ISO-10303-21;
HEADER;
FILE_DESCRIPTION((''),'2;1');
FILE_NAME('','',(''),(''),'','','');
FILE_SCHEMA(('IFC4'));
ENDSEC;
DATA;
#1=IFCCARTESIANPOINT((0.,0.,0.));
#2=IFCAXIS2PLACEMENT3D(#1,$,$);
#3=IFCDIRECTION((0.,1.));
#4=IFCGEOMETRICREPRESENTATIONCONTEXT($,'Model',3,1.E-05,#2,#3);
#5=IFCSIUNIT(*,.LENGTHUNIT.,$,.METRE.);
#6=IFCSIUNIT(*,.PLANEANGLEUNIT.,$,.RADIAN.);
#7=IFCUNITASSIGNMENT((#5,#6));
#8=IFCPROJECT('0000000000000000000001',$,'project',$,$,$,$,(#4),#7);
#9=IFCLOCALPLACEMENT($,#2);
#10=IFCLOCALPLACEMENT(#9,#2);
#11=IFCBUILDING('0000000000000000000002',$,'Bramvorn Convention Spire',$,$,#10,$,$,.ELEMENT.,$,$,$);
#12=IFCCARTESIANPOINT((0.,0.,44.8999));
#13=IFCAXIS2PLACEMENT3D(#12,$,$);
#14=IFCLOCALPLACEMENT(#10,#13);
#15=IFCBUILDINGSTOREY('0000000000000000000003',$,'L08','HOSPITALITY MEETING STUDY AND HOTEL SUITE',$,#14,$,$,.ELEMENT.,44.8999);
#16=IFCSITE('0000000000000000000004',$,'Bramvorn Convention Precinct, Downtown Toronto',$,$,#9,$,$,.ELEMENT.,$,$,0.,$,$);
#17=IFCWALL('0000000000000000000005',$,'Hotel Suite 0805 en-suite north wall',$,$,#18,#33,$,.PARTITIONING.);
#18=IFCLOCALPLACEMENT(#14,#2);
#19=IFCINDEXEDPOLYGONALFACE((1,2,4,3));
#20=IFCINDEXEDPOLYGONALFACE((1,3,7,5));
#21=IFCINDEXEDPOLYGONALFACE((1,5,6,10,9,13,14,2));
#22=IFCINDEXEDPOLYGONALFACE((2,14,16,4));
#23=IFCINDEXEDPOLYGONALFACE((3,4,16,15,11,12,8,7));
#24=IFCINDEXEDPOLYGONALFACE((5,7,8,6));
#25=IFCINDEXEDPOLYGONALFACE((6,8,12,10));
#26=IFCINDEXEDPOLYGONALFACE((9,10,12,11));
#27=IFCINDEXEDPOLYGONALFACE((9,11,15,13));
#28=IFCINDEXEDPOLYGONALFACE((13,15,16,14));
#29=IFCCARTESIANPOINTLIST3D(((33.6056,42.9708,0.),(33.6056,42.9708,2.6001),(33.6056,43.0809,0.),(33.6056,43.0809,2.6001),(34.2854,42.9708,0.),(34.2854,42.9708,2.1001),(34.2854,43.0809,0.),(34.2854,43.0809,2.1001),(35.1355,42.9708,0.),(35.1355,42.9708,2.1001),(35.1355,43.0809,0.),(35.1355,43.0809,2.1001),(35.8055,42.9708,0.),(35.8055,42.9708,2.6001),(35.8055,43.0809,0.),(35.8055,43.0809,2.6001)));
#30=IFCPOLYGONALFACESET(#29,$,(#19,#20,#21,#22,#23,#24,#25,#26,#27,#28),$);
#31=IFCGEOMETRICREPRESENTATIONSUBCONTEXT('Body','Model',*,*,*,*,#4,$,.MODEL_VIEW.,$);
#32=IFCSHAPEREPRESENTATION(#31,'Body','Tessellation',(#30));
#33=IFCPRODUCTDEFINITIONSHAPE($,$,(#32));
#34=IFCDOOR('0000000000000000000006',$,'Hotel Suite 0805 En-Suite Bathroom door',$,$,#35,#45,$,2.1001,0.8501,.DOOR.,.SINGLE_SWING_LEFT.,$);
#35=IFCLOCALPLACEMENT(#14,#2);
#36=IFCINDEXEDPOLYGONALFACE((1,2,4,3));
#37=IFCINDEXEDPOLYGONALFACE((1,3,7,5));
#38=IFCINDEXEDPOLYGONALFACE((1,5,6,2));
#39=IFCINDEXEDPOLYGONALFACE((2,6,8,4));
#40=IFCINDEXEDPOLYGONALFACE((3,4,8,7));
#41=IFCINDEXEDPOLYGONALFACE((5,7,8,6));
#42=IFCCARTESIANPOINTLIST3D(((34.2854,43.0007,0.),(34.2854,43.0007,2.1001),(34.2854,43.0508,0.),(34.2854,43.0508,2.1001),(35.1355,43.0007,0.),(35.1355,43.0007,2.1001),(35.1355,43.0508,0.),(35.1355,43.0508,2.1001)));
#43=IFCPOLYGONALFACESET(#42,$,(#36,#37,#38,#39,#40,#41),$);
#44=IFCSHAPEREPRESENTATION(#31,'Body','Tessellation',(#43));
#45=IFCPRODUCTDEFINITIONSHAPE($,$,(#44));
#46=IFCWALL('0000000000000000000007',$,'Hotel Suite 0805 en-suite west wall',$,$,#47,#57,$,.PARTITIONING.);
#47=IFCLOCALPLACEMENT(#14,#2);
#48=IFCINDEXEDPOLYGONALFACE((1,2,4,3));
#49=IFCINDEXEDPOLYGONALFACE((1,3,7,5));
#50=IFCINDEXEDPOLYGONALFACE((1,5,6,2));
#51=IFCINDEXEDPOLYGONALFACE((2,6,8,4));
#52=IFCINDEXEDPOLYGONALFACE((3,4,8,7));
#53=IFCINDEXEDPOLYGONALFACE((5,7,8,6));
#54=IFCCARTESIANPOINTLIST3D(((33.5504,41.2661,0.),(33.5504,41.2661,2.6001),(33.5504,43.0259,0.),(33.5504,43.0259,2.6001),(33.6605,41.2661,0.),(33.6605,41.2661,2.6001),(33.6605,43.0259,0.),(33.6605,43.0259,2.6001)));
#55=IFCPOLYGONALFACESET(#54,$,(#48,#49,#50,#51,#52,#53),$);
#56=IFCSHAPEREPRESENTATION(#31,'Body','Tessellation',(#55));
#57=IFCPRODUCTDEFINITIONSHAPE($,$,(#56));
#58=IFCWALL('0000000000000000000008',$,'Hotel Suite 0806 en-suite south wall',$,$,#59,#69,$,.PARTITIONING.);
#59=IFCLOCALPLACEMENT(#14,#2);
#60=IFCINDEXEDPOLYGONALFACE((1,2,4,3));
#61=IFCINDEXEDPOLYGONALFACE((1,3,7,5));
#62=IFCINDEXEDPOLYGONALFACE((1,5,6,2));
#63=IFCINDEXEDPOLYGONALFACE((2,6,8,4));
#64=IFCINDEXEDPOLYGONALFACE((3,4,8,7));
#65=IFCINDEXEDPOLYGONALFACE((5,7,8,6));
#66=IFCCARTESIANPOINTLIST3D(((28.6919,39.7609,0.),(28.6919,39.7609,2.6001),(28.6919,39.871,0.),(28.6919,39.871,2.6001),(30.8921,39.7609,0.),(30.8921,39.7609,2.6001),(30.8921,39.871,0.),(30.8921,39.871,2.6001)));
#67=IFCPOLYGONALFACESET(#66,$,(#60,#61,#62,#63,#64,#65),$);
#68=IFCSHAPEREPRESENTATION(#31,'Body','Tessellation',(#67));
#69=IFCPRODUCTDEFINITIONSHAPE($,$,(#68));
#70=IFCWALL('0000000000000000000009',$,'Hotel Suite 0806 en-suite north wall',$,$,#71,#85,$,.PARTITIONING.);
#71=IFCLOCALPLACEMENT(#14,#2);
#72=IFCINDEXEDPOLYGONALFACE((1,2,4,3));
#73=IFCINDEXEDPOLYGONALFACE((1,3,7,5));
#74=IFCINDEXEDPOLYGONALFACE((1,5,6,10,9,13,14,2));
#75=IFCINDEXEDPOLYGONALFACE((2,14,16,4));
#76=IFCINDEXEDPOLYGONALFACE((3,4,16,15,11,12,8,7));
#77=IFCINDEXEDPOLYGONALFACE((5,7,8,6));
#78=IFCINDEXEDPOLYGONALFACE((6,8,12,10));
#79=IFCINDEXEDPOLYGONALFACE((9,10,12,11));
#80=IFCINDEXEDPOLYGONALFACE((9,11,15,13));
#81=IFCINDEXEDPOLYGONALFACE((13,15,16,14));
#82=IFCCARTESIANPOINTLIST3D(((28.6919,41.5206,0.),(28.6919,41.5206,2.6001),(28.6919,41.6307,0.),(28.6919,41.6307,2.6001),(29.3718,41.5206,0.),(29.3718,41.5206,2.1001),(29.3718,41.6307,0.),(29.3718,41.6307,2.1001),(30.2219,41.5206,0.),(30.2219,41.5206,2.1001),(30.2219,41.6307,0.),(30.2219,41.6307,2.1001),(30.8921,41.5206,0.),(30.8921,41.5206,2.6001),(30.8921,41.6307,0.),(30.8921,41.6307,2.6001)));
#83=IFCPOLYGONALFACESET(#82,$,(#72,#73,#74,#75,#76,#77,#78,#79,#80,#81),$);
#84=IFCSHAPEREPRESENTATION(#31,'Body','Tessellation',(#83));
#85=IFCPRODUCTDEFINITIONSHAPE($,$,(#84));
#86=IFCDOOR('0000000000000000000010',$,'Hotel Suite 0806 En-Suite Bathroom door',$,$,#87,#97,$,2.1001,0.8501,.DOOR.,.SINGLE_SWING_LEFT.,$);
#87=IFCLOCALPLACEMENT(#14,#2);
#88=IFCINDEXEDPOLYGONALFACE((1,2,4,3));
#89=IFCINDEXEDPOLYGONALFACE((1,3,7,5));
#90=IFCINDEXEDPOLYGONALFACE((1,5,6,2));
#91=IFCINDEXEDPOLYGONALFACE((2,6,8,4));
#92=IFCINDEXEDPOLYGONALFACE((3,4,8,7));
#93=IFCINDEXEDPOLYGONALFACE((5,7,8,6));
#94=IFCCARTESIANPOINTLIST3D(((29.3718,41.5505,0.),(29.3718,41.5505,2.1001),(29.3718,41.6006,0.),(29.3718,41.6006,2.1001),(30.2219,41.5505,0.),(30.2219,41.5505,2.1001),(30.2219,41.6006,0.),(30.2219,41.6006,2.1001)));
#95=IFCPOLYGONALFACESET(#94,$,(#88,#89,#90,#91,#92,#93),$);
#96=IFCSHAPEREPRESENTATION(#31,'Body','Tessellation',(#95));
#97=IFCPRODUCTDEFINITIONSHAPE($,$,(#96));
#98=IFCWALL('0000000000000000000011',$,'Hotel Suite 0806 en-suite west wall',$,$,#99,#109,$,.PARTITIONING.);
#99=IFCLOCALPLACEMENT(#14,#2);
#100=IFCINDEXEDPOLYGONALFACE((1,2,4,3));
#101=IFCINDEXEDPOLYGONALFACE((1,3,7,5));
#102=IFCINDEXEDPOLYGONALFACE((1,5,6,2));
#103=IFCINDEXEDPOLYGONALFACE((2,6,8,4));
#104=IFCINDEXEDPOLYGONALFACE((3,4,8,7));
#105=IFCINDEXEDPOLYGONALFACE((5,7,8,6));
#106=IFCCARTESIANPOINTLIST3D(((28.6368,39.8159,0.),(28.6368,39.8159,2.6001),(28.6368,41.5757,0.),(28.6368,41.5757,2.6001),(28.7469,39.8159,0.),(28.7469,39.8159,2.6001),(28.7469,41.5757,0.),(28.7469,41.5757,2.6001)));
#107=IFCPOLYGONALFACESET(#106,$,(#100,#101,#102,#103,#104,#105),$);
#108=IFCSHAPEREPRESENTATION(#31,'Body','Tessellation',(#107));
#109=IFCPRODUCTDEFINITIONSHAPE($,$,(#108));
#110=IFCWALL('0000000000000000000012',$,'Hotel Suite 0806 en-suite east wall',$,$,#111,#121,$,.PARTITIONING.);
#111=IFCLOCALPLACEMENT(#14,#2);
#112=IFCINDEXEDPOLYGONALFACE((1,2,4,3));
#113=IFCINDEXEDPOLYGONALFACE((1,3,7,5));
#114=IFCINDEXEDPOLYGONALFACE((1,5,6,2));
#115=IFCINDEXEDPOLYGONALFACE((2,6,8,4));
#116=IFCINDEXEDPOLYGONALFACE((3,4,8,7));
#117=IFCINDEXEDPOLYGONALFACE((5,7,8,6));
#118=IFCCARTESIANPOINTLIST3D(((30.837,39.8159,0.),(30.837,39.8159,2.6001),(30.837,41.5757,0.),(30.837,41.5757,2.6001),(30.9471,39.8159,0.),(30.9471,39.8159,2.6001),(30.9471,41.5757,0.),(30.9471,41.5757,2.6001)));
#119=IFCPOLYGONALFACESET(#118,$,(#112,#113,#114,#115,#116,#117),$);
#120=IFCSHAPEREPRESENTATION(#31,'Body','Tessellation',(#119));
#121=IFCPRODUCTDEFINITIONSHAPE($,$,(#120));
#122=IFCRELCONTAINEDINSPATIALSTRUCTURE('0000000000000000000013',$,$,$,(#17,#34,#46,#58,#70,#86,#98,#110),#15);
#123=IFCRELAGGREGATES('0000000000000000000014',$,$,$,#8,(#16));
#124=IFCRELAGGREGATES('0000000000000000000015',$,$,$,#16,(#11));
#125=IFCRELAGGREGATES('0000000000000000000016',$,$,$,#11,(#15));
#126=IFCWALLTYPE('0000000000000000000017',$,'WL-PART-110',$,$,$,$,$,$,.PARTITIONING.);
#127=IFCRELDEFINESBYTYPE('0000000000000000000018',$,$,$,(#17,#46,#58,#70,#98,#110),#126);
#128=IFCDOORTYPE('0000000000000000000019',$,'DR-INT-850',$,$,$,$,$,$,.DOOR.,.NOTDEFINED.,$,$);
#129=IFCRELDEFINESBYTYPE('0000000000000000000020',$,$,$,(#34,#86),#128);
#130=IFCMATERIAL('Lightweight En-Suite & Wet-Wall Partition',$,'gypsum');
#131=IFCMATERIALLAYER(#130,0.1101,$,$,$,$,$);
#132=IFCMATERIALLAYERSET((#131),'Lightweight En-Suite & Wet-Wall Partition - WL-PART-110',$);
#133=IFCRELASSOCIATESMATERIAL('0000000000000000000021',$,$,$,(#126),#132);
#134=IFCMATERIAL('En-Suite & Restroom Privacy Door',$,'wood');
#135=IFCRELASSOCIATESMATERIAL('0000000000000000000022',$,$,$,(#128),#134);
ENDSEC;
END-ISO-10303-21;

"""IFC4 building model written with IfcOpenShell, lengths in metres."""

from ifc_helpers import new_model, si_unit, direction, frame, frame_2d, origin, place, context, subcontext, project, spatial, rectangle, extrude, material, layer, layer_set, type_object, element, fill, save


model = new_model("IFC4")

# Units and contexts
model_context = context("Model", 3, precision=1e-05, world=origin(), true_north=direction((0.0, 1.0)))
body_context = subcontext(model_context, "Body", "Model", "MODEL_VIEW")
ifc_project = project(units=[si_unit("LENGTHUNIT", "METRE"), si_unit("PLANEANGLEUNIT", "RADIAN")], contexts=[model_context])

# Site, building, storey
site_placement = place(None, origin())
site = spatial("IfcSite", under=ifc_project, at=site_placement, Name="Bramvorn Convention Precinct, Downtown Toronto", CompositionType="ELEMENT", RefElevation=0.0)
building_placement = place(site_placement, origin())
building = spatial("IfcBuilding", under=site, at=building_placement, Name="Bramvorn Convention Spire", CompositionType="ELEMENT")
storey_placement = place(building_placement, frame((0.0, 0.0, 44.8999)))
storey = spatial("IfcBuildingStorey", under=building, at=storey_placement, Name="L08", Description="HOSPITALITY MEETING STUDY AND HOTEL SUITE", CompositionType="ELEMENT", Elevation=44.8999)

# Shared definitions
ifc_material_1 = material(Name="Lightweight En-Suite & Wet-Wall Partition", Category="gypsum")
ifc_layer_1 = layer(ifc_material_1, 0.1101)
ifc_layer_set_1 = layer_set([ifc_layer_1], Name="Lightweight En-Suite & Wet-Wall Partition - WL-PART-110")
wall_type_1 = type_object("IfcWallType", Name="WL-PART-110", PredefinedType="PARTITIONING", material=ifc_layer_set_1)

# Wall, opening, door
wall_1_placement = place(storey_placement, frame((33.6055, 43.0259, 0.0), z_axis=(0.0, 0.0, 1.0), x_axis=(1.0, 0.0, 0.0)))
wall_1 = element("IfcWall", 1, at=wall_1_placement, inside=storey, type_object=wall_type_1, Name="Hotel Suite 0805 en-suite north wall", PredefinedType="PARTITIONING", context=body_context, shape_type="SweptSolid", body=[
    extrude(rectangle(XDim=2.2, YDim=0.1101, at=frame_2d((1.1001, 0.0))), origin(), (0.0, 0.0, 1.0), 2.6001),
])
opening_1_placement = place(wall_1_placement, frame((0.6799, 0.0, 0.0)))
opening_1 = element("IfcOpeningElement", 2, at=opening_1_placement, cuts=wall_1, PredefinedType="OPENING", context=body_context, shape_type="SweptSolid", body=[
    extrude(rectangle(XDim=0.8501, YDim=2.1001, at=frame_2d((0.425, 1.05))), frame((0.0, 0.0649, 0.0), z_axis=(0.0, -1.0, 0.0), x_axis=(1.0, 0.0, 0.0)), (0.0, 0.0, 1.0), 0.1301),
])
ifc_material_2 = material(Name="En-Suite & Restroom Privacy Door", Category="wood")
door_type_1 = type_object("IfcDoorType", Name="DR-INT-850", OperationType="NOTDEFINED", PredefinedType="DOOR", material=ifc_material_2)
door_1_placement = place(opening_1_placement, origin())
door_1 = element("IfcDoor", 3, at=door_1_placement, inside=storey, type_object=door_type_1, Name="Hotel Suite 0805 En-Suite Bathroom door", OperationType="SINGLE_SWING_LEFT", OverallHeight=2.1001, OverallWidth=0.8501, PredefinedType="DOOR", context=body_context, shape_type="SweptSolid", body=[
    extrude(rectangle(XDim=0.8501, YDim=2.1001, at=frame_2d((0.425, 1.05))), frame((0.0, 0.0249, 0.0), z_axis=(0.0, -1.0, 0.0), x_axis=(1.0, 0.0, 0.0)), (0.0, 0.0, 1.0), 0.05),
])
fill(opening_1, door_1)

# Walls
wall_2_placement = place(storey_placement, frame((33.6055, 41.2661, 0.0), z_axis=(0.0, 0.0, 1.0), x_axis=(0.0, 1.0, 0.0)))
element("IfcWall", 4, at=wall_2_placement, inside=storey, type_object=wall_type_1, Name="Hotel Suite 0805 en-suite west wall", PredefinedType="PARTITIONING", context=body_context, shape_type="SweptSolid", body=[
    extrude(rectangle(XDim=1.7598, YDim=0.1101, at=frame_2d((0.8799, 0.0))), origin(), (0.0, 0.0, 1.0), 2.6001),
])
wall_3_placement = place(storey_placement, frame((28.6919, 39.8159, 0.0), z_axis=(0.0, 0.0, 1.0), x_axis=(1.0, 0.0, 0.0)))
element("IfcWall", 5, at=wall_3_placement, inside=storey, type_object=wall_type_1, Name="Hotel Suite 0806 en-suite south wall", PredefinedType="PARTITIONING", context=body_context, shape_type="SweptSolid", body=[
    extrude(rectangle(XDim=2.2002, YDim=0.1101, at=frame_2d((1.1001, 0.0))), origin(), (0.0, 0.0, 1.0), 2.6001),
])

# Wall, opening, door
wall_4_placement = place(storey_placement, frame((28.6919, 41.5757, 0.0), z_axis=(0.0, 0.0, 1.0), x_axis=(1.0, 0.0, 0.0)))
wall_4 = element("IfcWall", 6, at=wall_4_placement, inside=storey, type_object=wall_type_1, Name="Hotel Suite 0806 en-suite north wall", PredefinedType="PARTITIONING", context=body_context, shape_type="SweptSolid", body=[
    extrude(rectangle(XDim=2.2002, YDim=0.1101, at=frame_2d((1.1001, 0.0))), origin(), (0.0, 0.0, 1.0), 2.6001),
])
opening_2_placement = place(wall_4_placement, frame((0.6799, 0.0, 0.0)))
opening_2 = element("IfcOpeningElement", 7, at=opening_2_placement, cuts=wall_4, PredefinedType="OPENING", context=body_context, shape_type="SweptSolid", body=[
    extrude(rectangle(XDim=0.8501, YDim=2.1001, at=frame_2d((0.425, 1.05))), frame((0.0, 0.0649, 0.0), z_axis=(0.0, -1.0, 0.0), x_axis=(1.0, 0.0, 0.0)), (0.0, 0.0, 1.0), 0.1301),
])
door_2_placement = place(opening_2_placement, origin())
door_2 = element("IfcDoor", 8, at=door_2_placement, inside=storey, type_object=door_type_1, Name="Hotel Suite 0806 En-Suite Bathroom door", OperationType="SINGLE_SWING_LEFT", OverallHeight=2.1001, OverallWidth=0.8501, PredefinedType="DOOR", context=body_context, shape_type="SweptSolid", body=[
    extrude(rectangle(XDim=0.8501, YDim=2.1001, at=frame_2d((0.425, 1.05))), frame((0.0, 0.0249, 0.0), z_axis=(0.0, -1.0, 0.0), x_axis=(1.0, 0.0, 0.0)), (0.0, 0.0, 1.0), 0.05),
])
fill(opening_2, door_2)

# Walls
for number, where, z_axis, x_axis, name in (
    (9, (28.6919, 39.8159, 0.0), (0.0, 0.0, 1.0), (0.0, 1.0, 0.0), "Hotel Suite 0806 en-suite west wall"),
    (10, (30.8921, 39.8159, 0.0), (0.0, 0.0, 1.0), (0.0, 1.0, 0.0), "Hotel Suite 0806 en-suite east wall"),
):
    element("IfcWall", number, at=place(storey_placement, frame(where, z_axis=z_axis, x_axis=x_axis)), inside=storey, type_object=wall_type_1, Name=name, PredefinedType="PARTITIONING", context=body_context, shape_type="SweptSolid", body=[
        extrude(rectangle(XDim=1.7598, YDim=0.1101, at=frame_2d((0.8799, 0.0))), origin(), (0.0, 0.0, 1.0), 2.6001),
    ])

save(model, "model.ifc")
